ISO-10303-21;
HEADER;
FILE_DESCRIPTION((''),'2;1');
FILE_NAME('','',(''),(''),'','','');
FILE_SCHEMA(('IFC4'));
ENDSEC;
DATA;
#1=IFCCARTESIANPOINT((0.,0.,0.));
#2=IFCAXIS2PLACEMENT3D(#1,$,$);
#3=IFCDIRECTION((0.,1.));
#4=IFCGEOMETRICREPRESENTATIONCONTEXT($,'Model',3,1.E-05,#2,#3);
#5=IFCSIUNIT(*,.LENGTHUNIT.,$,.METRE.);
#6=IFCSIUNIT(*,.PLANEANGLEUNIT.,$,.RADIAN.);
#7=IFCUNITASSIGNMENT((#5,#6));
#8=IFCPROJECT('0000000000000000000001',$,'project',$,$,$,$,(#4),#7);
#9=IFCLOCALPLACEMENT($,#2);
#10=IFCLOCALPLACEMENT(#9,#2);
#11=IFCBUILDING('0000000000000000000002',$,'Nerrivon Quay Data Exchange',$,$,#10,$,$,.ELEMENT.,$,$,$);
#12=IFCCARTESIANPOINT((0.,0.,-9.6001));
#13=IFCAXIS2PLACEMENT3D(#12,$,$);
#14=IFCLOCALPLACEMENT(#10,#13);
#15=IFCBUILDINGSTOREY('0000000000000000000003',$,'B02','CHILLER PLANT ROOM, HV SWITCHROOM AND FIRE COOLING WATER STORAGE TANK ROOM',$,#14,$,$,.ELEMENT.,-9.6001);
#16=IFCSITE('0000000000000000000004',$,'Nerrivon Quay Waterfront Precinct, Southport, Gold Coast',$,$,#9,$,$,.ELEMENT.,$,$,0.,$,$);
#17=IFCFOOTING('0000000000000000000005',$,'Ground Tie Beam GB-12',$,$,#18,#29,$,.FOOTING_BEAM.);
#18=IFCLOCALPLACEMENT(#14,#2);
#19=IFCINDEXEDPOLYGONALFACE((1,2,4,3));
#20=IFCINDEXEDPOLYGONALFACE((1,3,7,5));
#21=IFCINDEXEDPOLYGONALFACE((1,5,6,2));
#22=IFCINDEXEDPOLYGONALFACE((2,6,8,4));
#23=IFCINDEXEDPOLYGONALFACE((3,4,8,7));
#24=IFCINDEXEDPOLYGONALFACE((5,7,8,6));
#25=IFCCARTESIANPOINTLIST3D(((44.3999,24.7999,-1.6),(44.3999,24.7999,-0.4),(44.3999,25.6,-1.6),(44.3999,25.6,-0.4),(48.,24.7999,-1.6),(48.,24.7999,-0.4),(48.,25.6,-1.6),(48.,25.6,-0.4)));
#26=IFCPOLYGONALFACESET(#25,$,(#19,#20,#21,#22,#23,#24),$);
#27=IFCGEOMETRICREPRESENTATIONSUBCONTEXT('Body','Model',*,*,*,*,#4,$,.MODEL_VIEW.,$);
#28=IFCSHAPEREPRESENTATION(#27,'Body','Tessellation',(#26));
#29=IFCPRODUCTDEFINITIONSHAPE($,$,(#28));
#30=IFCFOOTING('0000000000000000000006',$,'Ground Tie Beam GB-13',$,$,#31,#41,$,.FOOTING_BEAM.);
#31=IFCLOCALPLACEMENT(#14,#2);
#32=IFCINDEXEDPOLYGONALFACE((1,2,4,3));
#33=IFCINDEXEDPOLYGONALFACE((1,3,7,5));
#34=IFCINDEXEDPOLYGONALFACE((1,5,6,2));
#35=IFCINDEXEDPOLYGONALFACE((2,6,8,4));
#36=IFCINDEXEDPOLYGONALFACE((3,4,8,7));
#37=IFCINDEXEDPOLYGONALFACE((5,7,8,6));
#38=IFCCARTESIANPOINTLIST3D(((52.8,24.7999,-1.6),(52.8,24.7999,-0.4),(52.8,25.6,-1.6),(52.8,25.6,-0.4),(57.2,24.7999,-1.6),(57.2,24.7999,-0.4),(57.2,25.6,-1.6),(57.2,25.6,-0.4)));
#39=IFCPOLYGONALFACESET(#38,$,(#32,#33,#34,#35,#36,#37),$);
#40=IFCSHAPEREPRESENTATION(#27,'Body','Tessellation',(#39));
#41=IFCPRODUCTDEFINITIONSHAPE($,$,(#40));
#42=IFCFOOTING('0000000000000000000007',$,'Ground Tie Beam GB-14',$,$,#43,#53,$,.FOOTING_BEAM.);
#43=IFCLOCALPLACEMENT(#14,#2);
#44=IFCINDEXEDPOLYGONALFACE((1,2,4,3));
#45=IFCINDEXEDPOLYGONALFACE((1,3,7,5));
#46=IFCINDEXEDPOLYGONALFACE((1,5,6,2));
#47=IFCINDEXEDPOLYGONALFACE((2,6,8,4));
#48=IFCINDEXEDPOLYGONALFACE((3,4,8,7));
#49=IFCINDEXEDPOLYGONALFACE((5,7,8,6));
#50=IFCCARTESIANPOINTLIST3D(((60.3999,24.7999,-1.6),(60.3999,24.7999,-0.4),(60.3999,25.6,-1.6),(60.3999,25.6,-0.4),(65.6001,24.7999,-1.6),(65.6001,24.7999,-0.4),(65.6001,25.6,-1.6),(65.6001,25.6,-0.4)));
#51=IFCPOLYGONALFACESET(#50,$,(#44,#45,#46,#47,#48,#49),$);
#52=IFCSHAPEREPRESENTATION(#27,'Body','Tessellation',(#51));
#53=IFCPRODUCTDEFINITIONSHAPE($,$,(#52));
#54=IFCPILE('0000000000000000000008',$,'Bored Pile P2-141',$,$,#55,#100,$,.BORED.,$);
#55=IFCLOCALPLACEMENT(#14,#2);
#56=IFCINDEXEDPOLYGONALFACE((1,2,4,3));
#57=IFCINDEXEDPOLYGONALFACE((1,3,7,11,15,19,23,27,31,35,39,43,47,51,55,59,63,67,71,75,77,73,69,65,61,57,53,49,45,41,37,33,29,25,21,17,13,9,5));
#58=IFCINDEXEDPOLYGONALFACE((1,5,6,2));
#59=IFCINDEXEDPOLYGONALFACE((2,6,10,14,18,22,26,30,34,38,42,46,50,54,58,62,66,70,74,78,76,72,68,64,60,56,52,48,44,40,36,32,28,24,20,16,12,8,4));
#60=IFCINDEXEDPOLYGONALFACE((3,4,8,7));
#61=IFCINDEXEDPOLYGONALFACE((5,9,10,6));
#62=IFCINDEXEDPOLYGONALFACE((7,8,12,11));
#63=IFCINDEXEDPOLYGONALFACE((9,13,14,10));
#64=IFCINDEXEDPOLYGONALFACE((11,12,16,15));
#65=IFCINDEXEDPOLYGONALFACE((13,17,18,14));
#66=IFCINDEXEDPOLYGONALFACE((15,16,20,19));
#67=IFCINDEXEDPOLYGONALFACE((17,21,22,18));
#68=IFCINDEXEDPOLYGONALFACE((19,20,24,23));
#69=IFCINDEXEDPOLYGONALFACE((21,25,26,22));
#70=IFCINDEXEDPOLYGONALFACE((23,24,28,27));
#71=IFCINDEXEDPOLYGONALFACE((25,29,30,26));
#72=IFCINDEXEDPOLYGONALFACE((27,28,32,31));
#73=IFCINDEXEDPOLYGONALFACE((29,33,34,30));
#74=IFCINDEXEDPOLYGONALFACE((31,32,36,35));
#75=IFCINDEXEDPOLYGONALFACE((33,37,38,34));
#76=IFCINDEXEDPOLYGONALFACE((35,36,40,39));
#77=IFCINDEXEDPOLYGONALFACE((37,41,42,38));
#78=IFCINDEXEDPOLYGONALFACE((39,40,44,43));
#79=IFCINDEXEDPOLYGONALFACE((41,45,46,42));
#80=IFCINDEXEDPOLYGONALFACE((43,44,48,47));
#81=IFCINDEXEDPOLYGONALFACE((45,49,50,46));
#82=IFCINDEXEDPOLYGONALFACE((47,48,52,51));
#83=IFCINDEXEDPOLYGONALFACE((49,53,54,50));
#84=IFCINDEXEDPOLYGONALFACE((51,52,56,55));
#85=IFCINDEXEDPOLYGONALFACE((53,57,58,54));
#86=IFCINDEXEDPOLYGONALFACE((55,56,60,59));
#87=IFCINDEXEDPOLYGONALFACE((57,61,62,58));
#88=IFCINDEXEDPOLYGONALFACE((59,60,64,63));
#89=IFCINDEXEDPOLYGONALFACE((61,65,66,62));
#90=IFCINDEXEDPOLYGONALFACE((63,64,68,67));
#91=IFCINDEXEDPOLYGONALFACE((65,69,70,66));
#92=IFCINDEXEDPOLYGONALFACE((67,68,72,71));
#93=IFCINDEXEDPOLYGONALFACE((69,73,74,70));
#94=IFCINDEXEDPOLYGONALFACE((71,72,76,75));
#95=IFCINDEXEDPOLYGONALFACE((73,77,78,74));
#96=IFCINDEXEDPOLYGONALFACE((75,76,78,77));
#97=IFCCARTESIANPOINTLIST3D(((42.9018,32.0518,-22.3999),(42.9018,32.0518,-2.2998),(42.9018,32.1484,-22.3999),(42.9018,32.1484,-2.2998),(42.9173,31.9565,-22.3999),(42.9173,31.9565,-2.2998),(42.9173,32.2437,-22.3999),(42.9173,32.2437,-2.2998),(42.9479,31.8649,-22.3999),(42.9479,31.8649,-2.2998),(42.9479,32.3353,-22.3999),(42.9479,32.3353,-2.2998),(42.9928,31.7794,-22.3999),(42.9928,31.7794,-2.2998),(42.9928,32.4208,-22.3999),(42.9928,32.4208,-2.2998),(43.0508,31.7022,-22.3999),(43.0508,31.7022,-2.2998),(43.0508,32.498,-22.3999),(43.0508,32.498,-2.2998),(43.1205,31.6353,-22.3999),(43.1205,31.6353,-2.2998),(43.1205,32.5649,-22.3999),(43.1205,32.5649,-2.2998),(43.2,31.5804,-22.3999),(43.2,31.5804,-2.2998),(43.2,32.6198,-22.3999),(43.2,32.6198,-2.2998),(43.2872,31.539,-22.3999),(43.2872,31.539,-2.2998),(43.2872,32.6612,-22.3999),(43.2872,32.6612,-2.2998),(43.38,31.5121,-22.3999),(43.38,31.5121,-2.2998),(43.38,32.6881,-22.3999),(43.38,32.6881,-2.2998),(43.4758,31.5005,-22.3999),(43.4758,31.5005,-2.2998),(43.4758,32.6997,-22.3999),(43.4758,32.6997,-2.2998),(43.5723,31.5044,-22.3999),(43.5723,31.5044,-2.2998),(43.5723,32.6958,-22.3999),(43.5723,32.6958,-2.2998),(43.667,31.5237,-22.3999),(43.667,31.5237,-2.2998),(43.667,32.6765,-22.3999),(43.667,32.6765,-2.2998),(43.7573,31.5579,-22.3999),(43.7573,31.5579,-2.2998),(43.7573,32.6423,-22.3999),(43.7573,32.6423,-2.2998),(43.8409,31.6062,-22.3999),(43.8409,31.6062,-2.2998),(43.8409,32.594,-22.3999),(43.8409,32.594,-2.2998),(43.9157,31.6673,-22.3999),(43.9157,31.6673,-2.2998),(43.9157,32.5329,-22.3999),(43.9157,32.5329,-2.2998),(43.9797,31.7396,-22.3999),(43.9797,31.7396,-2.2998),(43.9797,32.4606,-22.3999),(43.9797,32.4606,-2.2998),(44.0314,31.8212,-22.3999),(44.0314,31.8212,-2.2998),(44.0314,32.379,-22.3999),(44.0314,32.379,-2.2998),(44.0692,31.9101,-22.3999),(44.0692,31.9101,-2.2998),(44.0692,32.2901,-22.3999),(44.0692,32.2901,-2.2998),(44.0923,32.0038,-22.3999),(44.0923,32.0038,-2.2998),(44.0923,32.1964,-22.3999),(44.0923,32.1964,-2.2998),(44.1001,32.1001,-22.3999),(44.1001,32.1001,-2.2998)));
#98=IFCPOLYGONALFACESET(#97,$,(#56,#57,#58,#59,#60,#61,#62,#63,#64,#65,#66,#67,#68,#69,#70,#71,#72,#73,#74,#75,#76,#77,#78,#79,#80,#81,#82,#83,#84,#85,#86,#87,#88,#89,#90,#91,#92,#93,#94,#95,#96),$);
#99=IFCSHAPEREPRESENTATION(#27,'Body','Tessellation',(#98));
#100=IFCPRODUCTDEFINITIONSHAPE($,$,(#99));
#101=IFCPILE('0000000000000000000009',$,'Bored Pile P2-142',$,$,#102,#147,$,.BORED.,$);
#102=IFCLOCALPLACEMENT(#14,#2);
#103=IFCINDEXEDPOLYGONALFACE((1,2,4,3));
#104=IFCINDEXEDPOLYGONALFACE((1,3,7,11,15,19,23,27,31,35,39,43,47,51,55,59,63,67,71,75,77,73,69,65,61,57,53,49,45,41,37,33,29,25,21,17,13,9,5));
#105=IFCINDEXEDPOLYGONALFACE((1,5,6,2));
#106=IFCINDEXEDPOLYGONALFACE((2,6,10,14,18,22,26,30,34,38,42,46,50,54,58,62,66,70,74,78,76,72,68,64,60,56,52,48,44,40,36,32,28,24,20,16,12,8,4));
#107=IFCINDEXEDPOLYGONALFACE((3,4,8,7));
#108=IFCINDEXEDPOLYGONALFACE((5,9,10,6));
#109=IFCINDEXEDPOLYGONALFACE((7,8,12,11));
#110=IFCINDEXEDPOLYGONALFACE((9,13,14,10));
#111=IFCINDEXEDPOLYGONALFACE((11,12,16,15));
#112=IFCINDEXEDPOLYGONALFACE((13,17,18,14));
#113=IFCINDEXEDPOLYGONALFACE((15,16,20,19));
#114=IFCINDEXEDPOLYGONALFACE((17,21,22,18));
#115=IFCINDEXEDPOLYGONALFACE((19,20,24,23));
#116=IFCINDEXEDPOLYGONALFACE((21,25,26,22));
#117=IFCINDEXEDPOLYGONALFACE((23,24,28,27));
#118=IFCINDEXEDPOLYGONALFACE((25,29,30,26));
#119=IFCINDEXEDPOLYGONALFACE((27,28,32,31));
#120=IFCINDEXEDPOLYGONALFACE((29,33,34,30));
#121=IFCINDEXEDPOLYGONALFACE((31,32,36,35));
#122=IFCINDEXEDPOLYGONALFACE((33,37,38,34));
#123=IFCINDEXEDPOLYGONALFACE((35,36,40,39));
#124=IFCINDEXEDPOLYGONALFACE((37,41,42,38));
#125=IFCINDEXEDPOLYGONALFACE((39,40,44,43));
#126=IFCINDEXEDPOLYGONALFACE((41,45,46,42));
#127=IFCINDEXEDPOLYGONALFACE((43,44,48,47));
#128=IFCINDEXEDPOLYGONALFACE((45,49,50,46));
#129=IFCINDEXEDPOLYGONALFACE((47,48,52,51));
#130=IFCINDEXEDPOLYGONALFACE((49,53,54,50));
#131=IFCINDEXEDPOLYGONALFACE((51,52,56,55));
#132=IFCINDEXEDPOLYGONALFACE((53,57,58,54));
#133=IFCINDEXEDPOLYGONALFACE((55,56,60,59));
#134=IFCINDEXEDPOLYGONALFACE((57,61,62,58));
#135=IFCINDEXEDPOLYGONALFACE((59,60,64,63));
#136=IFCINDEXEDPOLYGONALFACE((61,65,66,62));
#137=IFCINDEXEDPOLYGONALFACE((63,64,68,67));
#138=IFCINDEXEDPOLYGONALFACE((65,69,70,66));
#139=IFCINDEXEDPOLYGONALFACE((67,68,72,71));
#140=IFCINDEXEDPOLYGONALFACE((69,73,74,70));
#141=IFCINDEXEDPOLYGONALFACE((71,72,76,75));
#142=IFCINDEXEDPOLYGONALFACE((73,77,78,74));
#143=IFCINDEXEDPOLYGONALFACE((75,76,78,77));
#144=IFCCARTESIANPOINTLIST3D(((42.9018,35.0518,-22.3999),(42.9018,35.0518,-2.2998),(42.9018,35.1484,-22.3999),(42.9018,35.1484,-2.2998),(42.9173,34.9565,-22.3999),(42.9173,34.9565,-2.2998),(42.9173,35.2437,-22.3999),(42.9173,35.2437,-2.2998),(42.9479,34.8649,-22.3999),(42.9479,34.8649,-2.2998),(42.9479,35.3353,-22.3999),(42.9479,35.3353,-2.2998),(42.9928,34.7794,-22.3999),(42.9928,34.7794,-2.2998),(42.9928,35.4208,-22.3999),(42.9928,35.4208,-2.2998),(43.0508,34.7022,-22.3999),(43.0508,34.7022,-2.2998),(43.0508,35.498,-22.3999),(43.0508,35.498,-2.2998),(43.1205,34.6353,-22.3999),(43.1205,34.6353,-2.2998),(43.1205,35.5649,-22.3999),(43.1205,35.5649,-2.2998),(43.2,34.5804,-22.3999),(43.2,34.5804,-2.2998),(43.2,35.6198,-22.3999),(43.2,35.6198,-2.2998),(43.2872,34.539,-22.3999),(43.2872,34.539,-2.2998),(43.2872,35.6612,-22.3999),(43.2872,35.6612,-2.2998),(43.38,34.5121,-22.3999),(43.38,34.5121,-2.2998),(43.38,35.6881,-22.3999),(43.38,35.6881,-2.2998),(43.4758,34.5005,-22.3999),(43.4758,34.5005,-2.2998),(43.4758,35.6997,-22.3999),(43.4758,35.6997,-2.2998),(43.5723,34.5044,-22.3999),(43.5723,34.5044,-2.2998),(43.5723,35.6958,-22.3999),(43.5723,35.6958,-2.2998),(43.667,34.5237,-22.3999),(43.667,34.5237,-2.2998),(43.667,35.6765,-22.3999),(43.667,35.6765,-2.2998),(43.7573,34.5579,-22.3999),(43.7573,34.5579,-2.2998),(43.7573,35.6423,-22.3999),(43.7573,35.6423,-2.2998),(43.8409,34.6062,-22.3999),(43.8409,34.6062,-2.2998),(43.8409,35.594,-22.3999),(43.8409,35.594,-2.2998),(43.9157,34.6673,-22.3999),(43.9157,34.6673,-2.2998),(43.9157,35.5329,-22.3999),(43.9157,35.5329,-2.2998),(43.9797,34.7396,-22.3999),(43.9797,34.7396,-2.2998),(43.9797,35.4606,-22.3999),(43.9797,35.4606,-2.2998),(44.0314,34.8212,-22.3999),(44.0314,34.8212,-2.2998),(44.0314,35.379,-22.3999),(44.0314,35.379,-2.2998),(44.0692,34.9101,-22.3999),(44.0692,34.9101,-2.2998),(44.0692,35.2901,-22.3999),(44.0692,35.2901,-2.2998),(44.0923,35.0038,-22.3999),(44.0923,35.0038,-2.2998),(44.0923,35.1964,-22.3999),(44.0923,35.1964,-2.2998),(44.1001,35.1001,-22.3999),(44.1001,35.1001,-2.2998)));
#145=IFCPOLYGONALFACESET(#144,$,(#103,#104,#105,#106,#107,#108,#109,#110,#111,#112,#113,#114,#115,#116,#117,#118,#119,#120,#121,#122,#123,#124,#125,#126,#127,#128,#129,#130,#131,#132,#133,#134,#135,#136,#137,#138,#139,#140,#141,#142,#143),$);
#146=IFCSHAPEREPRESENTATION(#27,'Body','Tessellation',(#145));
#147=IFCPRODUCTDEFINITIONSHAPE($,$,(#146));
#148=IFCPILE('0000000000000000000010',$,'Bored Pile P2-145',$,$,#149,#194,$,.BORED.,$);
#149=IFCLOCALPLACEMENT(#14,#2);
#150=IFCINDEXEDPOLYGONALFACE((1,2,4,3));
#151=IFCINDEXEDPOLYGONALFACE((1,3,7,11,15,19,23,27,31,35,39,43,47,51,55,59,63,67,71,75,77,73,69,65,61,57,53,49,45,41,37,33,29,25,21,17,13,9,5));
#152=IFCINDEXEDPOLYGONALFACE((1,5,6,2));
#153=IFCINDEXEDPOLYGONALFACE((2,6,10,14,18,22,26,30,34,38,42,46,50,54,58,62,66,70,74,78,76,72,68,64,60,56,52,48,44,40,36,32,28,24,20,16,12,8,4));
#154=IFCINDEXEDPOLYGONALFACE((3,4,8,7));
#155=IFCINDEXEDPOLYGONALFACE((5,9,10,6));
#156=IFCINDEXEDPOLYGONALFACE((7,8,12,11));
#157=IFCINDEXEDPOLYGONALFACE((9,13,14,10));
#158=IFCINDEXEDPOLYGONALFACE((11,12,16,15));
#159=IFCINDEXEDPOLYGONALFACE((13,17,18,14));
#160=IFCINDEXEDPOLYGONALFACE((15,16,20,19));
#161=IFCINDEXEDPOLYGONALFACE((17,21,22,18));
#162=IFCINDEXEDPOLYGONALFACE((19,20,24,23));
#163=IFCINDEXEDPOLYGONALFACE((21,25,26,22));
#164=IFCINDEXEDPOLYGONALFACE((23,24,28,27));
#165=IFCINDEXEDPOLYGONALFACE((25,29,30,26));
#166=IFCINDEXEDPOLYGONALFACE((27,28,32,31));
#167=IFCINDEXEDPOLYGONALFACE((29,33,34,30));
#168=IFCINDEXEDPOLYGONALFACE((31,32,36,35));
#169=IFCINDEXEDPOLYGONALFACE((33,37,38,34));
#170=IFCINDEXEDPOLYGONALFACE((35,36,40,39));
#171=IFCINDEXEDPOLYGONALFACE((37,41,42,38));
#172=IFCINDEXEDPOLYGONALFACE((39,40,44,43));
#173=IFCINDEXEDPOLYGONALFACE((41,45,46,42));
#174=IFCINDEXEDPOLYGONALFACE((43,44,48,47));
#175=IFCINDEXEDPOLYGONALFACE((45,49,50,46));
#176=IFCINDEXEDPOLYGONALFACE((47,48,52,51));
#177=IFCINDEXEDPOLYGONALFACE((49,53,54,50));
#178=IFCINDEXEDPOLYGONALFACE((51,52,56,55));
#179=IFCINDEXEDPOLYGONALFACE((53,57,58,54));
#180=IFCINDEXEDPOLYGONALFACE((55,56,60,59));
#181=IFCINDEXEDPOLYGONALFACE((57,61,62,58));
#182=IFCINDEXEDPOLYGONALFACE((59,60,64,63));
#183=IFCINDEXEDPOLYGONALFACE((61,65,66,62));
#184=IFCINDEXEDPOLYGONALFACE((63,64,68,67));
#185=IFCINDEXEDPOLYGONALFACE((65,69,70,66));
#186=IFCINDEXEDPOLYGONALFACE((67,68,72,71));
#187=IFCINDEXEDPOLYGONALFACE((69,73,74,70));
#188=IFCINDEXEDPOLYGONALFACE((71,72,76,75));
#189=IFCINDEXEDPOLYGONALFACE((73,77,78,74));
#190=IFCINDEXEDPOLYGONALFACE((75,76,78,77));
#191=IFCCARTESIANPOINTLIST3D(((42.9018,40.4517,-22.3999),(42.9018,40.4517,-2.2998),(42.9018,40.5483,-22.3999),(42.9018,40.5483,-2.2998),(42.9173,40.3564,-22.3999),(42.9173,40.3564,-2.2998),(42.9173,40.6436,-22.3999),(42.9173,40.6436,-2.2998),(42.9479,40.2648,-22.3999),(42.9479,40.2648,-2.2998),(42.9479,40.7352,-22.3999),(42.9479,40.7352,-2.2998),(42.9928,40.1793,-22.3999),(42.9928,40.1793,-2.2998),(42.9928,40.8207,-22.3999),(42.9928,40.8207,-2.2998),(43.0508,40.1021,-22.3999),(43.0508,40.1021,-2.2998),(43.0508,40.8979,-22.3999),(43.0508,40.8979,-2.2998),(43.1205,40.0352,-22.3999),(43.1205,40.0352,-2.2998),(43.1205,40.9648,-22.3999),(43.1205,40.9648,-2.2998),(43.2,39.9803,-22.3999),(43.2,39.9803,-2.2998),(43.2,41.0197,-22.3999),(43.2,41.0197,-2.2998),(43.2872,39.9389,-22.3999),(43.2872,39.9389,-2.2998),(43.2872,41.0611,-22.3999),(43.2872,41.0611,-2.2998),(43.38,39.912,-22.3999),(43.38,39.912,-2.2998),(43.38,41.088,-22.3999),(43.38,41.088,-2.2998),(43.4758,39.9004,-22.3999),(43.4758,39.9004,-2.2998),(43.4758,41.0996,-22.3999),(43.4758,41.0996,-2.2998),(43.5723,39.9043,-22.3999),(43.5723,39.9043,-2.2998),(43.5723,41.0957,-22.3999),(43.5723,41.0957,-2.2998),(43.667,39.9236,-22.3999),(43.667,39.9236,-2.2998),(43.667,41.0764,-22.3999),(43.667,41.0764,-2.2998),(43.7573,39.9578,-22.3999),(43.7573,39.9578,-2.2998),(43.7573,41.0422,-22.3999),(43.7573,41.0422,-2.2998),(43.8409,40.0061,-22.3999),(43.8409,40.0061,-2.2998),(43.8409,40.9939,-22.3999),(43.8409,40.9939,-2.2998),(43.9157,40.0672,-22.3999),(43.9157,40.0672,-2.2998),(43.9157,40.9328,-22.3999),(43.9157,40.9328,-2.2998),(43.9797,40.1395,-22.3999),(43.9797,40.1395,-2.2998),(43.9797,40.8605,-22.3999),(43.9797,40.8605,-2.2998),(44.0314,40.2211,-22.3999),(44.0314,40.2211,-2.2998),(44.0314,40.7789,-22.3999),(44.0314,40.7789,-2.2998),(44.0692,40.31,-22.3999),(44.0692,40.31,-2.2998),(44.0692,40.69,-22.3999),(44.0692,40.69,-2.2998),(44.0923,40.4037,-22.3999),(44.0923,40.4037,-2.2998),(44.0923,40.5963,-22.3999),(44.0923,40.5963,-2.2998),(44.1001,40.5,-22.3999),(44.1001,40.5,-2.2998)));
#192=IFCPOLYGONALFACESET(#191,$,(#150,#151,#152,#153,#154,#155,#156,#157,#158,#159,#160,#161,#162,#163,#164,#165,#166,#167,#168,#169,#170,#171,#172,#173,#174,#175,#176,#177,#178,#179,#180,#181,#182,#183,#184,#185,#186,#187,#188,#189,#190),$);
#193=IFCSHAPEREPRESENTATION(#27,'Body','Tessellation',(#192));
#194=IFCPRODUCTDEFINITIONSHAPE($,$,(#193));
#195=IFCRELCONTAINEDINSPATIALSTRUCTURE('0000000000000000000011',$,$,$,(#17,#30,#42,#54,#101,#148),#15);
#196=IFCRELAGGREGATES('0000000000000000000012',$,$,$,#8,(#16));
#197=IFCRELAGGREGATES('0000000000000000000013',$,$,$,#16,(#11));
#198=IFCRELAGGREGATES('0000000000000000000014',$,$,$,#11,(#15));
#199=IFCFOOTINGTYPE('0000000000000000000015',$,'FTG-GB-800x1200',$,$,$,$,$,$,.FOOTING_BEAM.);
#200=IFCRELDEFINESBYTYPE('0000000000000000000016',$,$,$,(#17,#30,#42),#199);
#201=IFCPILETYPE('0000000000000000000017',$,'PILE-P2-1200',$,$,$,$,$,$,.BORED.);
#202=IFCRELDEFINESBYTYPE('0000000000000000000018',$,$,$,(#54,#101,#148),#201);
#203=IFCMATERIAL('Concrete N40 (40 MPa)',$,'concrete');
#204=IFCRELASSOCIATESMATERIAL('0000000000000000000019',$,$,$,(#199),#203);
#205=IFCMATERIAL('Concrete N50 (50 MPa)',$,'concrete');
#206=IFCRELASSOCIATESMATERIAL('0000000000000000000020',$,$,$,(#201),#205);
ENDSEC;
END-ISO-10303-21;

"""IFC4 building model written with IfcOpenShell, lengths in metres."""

from ifc_helpers import new_model, si_unit, direction, frame, origin, origin_2d, place, context, subcontext, project, spatial, rectangle, circle, extrude, material, material_profile, profile_set, type_object, element, save


model = new_model("IFC4")

# Units and contexts
model_context = context("Model", 3, precision=1e-05, world=origin(), true_north=direction((0.0, 1.0)))
body_context = subcontext(model_context, "Body", "Model", "MODEL_VIEW")
ifc_project = project(units=[si_unit("LENGTHUNIT", "METRE"), si_unit("PLANEANGLEUNIT", "RADIAN")], contexts=[model_context])

# Site, building, storey
site_placement = place(None, origin())
site = spatial("IfcSite", under=ifc_project, at=site_placement, Name="Nerrivon Quay Waterfront Precinct, Southport, Gold Coast", CompositionType="ELEMENT", RefElevation=0.0)
building_placement = place(site_placement, origin())
building = spatial("IfcBuilding", under=site, at=building_placement, Name="Nerrivon Quay Data Exchange", CompositionType="ELEMENT")
storey_placement = place(building_placement, frame((0.0, 0.0, -9.6001)))
storey = spatial("IfcBuildingStorey", under=building, at=storey_placement, Name="B02", Description="CHILLER PLANT ROOM, HV SWITCHROOM AND FIRE COOLING WATER STORAGE TANK ROOM", CompositionType="ELEMENT", Elevation=-9.6001)

# Footings
ifc_material_1 = material(Name="Concrete N40 (40 MPa)", Category="concrete")
ifc_material_profile_1 = material_profile(ifc_material_1, rectangle(XDim=0.8, YDim=1.2, at=origin_2d()), Name="RC-GB-800x1200")
ifc_profile_set_1 = profile_set([ifc_material_profile_1], Name="Concrete N40 (40 MPa)")
footing_type = type_object("IfcFootingType", Name="FTG-GB-800x1200", PredefinedType="FOOTING_BEAM", material=ifc_profile_set_1)
footing_1_placement = place(storey_placement, frame((44.3999, 25.2, -1.0), z_axis=(1.0, 0.0, 0.0), x_axis=(0.0, 1.0, 0.0)))
element("IfcFooting", 1, at=footing_1_placement, inside=storey, type_object=footing_type, Name="Ground Tie Beam GB-12", PredefinedType="FOOTING_BEAM", context=body_context, shape_type="SweptSolid", body=[
    extrude(rectangle(XDim=0.8, YDim=1.2, at=origin_2d()), origin(), (0.0, 0.0, 1.0), 3.6001),
])
footing_2_placement = place(storey_placement, frame((52.8, 25.2, -1.0), z_axis=(1.0, 0.0, 0.0), x_axis=(0.0, 1.0, 0.0)))
element("IfcFooting", 2, at=footing_2_placement, inside=storey, type_object=footing_type, Name="Ground Tie Beam GB-13", PredefinedType="FOOTING_BEAM", context=body_context, shape_type="SweptSolid", body=[
    extrude(rectangle(XDim=0.8, YDim=1.2, at=origin_2d()), origin(), (0.0, 0.0, 1.0), 4.3999),
])
footing_3_placement = place(storey_placement, frame((60.3999, 25.2, -1.0), z_axis=(1.0, 0.0, 0.0), x_axis=(0.0, 1.0, 0.0)))
element("IfcFooting", 3, at=footing_3_placement, inside=storey, type_object=footing_type, Name="Ground Tie Beam GB-14", PredefinedType="FOOTING_BEAM", context=body_context, shape_type="SweptSolid", body=[
    extrude(rectangle(XDim=0.8, YDim=1.2, at=origin_2d()), origin(), (0.0, 0.0, 1.0), 5.2002),
])

# Piles
ifc_material_2 = material(Name="Concrete N50 (50 MPa)", Category="concrete")
ifc_material_profile_2 = material_profile(ifc_material_2, circle(Radius=0.6001, at=origin_2d()), Name="PILE-1200")
ifc_profile_set_2 = profile_set([ifc_material_profile_2], Name="Concrete N50 (50 MPa)")
pile_type = type_object("IfcPileType", Name="PILE-P2-1200", PredefinedType="BORED", material=ifc_profile_set_2)
for number, where, z_axis, x_axis, name in (
    (4, (43.5, 32.1001, -2.2998), (0.0, 0.0, -1.0), (1.0, 0.0, 0.0), "Bored Pile P2-141"),
    (5, (43.5, 35.1001, -2.2998), (0.0, 0.0, -1.0), (1.0, 0.0, 0.0), "Bored Pile P2-142"),
    (6, (43.5, 40.5, -2.2998), (0.0, 0.0, -1.0), (1.0, 0.0, 0.0), "Bored Pile P2-145"),
):
    element("IfcPile", number, at=place(storey_placement, frame(where, z_axis=z_axis, x_axis=x_axis)), inside=storey, type_object=pile_type, Name=name, PredefinedType="BORED", context=body_context, shape_type="SweptSolid", body=[
        extrude(circle(Radius=0.6001, at=origin_2d()), origin(), (0.0, 0.0, 1.0), 20.1001),
    ])

save(model, "model.ifc")
